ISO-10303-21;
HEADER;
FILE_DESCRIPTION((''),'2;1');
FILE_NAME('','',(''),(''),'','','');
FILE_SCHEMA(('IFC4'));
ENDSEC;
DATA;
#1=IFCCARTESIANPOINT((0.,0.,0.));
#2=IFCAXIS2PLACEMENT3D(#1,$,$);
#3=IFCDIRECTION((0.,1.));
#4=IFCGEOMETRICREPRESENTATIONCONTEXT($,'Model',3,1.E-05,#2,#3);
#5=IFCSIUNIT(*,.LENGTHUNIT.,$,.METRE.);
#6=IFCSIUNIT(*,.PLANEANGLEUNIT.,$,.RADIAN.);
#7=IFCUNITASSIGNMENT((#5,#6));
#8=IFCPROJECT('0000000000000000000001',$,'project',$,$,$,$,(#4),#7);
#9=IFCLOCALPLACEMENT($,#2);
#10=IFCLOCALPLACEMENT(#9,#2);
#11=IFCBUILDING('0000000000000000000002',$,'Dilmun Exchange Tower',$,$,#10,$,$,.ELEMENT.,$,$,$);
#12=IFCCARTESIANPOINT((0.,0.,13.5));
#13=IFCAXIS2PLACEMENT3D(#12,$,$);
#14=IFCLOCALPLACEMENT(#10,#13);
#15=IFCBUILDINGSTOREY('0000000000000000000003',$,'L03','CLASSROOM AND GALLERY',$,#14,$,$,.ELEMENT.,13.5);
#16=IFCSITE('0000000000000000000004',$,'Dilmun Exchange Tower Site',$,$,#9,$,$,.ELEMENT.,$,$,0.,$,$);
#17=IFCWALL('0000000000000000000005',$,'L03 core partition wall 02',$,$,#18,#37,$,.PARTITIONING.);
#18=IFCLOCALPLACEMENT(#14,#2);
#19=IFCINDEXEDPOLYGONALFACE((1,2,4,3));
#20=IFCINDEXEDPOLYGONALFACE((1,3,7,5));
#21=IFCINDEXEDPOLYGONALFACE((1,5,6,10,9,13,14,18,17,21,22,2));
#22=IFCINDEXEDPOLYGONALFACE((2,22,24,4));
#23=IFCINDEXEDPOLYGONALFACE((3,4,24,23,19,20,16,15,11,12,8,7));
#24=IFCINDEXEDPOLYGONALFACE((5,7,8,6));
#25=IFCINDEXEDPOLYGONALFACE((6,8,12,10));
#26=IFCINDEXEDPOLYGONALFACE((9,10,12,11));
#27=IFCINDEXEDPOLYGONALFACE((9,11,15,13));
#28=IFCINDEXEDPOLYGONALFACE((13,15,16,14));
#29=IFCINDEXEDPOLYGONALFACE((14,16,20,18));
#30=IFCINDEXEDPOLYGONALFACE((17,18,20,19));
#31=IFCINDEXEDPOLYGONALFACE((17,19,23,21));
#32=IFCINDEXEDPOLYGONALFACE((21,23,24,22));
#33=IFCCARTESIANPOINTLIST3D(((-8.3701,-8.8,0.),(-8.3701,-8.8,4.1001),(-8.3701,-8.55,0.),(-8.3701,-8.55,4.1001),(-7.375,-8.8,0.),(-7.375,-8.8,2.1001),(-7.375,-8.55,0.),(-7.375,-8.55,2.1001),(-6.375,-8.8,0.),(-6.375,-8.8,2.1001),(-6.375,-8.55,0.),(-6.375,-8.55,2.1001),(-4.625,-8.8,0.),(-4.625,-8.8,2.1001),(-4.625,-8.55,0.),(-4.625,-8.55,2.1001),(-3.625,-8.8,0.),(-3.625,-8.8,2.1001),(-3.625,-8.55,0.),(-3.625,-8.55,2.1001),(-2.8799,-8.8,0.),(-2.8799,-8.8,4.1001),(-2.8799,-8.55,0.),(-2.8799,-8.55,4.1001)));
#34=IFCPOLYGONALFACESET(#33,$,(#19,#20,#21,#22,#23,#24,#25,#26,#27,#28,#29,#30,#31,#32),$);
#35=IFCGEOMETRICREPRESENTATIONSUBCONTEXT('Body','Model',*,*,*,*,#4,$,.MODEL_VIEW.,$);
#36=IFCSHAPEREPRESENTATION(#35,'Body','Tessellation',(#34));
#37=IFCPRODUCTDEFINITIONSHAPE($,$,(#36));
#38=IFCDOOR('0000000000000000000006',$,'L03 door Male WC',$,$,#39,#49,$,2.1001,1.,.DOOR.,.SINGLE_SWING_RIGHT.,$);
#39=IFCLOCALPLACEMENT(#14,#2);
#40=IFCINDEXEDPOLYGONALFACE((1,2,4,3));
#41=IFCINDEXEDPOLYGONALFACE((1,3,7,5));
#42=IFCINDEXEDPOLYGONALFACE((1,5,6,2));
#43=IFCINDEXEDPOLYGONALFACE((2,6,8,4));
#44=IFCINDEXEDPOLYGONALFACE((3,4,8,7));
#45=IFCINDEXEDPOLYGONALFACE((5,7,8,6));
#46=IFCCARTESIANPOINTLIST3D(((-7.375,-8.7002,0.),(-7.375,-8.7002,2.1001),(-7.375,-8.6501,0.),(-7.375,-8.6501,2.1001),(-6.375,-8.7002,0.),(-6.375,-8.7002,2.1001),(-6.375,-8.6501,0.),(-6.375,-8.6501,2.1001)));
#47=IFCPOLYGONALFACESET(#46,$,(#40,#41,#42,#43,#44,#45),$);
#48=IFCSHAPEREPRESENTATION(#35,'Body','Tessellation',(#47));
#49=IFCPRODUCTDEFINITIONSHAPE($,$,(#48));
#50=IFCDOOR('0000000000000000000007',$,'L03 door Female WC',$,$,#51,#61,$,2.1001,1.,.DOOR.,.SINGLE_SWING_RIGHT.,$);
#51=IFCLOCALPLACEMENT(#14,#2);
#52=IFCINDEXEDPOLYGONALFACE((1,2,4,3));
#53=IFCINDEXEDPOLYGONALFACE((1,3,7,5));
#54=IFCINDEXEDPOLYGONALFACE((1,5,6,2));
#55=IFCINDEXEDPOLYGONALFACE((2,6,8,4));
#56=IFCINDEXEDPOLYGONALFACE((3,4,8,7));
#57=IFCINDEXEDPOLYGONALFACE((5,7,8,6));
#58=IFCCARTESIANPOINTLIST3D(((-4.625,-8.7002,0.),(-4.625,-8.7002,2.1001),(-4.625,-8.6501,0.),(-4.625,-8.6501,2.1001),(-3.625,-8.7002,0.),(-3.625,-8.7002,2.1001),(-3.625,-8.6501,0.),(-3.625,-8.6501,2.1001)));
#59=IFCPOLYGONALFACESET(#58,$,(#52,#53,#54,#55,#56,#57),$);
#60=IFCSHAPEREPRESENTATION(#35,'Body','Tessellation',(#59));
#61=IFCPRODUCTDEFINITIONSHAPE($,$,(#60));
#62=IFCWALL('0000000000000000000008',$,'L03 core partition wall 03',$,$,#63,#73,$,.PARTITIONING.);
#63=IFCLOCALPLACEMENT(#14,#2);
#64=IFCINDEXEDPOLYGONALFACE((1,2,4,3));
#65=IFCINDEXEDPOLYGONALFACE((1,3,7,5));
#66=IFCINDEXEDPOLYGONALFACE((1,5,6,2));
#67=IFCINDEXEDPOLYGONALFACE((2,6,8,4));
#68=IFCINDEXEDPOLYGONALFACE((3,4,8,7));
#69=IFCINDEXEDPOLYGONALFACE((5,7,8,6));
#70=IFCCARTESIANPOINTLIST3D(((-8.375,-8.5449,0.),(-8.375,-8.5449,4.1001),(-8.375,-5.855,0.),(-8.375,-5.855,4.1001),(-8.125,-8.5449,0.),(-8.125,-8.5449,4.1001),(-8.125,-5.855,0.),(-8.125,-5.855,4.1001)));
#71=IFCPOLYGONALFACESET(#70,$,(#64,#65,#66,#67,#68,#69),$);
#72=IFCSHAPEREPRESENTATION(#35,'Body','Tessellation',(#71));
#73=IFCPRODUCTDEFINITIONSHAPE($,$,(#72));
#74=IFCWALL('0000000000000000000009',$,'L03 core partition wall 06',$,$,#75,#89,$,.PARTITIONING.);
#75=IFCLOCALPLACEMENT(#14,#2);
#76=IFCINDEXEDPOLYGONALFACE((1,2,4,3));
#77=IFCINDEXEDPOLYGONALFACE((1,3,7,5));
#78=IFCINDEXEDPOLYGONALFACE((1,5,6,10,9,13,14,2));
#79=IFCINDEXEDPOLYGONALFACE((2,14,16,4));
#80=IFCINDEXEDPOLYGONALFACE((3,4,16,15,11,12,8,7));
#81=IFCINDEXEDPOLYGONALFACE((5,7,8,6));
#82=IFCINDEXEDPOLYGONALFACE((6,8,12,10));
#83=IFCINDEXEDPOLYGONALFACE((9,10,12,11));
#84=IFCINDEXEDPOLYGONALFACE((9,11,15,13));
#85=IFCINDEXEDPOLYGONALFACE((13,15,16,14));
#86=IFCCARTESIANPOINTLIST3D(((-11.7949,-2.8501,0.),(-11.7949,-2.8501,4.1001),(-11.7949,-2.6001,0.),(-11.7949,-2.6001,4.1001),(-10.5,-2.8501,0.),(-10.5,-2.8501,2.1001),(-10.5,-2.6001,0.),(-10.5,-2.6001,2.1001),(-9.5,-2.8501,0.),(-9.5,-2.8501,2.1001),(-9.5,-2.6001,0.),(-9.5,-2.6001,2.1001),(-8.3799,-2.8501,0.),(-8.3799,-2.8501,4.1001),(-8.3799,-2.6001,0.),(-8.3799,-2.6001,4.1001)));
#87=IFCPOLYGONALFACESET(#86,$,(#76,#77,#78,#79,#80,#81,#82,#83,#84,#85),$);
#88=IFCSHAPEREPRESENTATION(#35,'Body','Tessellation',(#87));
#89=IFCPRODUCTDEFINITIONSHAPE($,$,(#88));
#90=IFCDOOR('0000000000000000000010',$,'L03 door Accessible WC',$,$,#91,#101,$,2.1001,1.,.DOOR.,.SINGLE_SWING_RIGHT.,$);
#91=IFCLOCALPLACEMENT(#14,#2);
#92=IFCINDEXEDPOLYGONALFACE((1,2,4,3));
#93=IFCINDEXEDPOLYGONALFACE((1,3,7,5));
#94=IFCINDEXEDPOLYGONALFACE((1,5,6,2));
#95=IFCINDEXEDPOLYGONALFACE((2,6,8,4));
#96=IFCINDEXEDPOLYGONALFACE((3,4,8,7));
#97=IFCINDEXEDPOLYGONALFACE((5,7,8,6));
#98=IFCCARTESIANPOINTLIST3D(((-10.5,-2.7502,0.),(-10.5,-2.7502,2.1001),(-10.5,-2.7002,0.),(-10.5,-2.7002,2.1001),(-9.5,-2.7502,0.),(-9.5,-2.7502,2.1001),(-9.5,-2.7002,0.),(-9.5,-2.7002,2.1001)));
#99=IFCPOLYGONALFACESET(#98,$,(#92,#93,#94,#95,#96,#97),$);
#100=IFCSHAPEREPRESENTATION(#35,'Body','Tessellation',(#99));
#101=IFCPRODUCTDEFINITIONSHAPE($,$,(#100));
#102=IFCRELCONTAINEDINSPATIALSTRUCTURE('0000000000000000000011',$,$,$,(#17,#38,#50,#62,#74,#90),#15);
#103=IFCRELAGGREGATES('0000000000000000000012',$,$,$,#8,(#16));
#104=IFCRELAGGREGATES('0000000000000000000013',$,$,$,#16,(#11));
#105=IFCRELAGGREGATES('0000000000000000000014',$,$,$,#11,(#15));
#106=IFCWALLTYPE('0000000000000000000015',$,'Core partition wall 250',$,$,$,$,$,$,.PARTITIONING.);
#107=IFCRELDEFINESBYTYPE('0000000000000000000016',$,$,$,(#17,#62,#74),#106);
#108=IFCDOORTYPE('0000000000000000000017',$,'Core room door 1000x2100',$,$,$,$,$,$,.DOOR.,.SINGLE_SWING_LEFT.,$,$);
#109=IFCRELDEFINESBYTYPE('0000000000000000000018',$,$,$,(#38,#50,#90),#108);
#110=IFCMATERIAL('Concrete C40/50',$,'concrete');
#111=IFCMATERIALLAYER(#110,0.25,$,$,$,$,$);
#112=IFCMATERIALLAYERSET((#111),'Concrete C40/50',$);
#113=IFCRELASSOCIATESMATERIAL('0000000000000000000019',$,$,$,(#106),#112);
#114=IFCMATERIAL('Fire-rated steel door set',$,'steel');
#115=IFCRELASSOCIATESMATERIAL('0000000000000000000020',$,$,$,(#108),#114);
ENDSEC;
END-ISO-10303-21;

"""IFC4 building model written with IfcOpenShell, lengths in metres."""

from ifc_helpers import new_model, si_unit, direction, frame, frame_2d, origin, place, context, subcontext, project, spatial, rectangle, extrude, material, layer, layer_set, type_object, element, fill, save


model = new_model("IFC4")

# Units and contexts
model_context = context("Model", 3, precision=1e-05, world=origin(), true_north=direction((0.0, 1.0)))
body_context = subcontext(model_context, "Body", "Model", "MODEL_VIEW")
ifc_project = project(units=[si_unit("LENGTHUNIT", "METRE"), si_unit("PLANEANGLEUNIT", "RADIAN")], contexts=[model_context])

# Site, building, storey
site_placement = place(None, origin())
site = spatial("IfcSite", under=ifc_project, at=site_placement, Name="Dilmun Exchange Tower Site", CompositionType="ELEMENT", RefElevation=0.0)
building_placement = place(site_placement, origin())
building = spatial("IfcBuilding", under=site, at=building_placement, Name="Dilmun Exchange Tower", CompositionType="ELEMENT")
storey_placement = place(building_placement, frame((0.0, 0.0, 13.5)))
storey = spatial("IfcBuildingStorey", under=building, at=storey_placement, Name="L03", Description="CLASSROOM AND GALLERY", CompositionType="ELEMENT", Elevation=13.5)

# Wall, openings, doors
ifc_material_1 = material(Name="Concrete C40/50", Category="concrete")
ifc_layer_1 = layer(ifc_material_1, 0.25)
ifc_layer_set_1 = layer_set([ifc_layer_1], Name="Concrete C40/50")
wall_type_1 = type_object("IfcWallType", Name="Core partition wall 250", PredefinedType="PARTITIONING", material=ifc_layer_set_1)
wall_1_placement = place(storey_placement, frame((-8.3701, -8.675, 0.0), z_axis=(0.0, 0.0, 1.0), x_axis=(1.0, 0.0, 0.0)))
wall_1 = element("IfcWall", 1, at=wall_1_placement, inside=storey, type_object=wall_type_1, Name="L03 core partition wall 02", PredefinedType="PARTITIONING", context=body_context, shape_type="SweptSolid", body=[
    extrude(rectangle(XDim=5.4902, YDim=0.25, at=frame_2d((2.7451, 0.0))), origin(), (0.0, 0.0, 1.0), 4.1001),
])
opening_1_placement = place(wall_1_placement, frame((0.9951, 0.0, 0.0)))
opening_1 = element("IfcOpeningElement", 2, at=opening_1_placement, cuts=wall_1, PredefinedType="OPENING", context=body_context, shape_type="SweptSolid", body=[
    extrude(rectangle(XDim=1.0, YDim=2.1001, at=frame_2d((0.5, 1.05))), frame((0.0, 0.135, 0.0), z_axis=(0.0, -1.0, 0.0), x_axis=(1.0, 0.0, 0.0)), (0.0, 0.0, 1.0), 0.27),
])
opening_2_placement = place(wall_1_placement, frame((3.7451, 0.0, 0.0)))
opening_2 = element("IfcOpeningElement", 3, at=opening_2_placement, cuts=wall_1, PredefinedType="OPENING", context=body_context, shape_type="SweptSolid", body=[
    extrude(rectangle(XDim=1.0, YDim=2.1001, at=frame_2d((0.5, 1.05))), frame((0.0, 0.135, 0.0), z_axis=(0.0, -1.0, 0.0), x_axis=(1.0, 0.0, 0.0)), (0.0, 0.0, 1.0), 0.27),
])
ifc_material_2 = material(Name="Fire-rated steel door set", Category="steel")
door_type_1 = type_object("IfcDoorType", Name="Core room door 1000x2100", OperationType="SINGLE_SWING_LEFT", PredefinedType="DOOR", material=ifc_material_2)
door_1_placement = place(opening_1_placement, origin())
door_1 = element("IfcDoor", 4, at=door_1_placement, inside=storey, type_object=door_type_1, Name="L03 door Male WC", OperationType="SINGLE_SWING_RIGHT", OverallHeight=2.1001, OverallWidth=1.0, PredefinedType="DOOR", context=body_context, shape_type="SweptSolid", body=[
    extrude(rectangle(XDim=1.0, YDim=2.1001, at=frame_2d((0.5, 1.05))), frame((0.0, 0.0249, 0.0), z_axis=(0.0, -1.0, 0.0), x_axis=(1.0, 0.0, 0.0)), (0.0, 0.0, 1.0), 0.05),
])
fill(opening_1, door_1)
door_2_placement = place(opening_2_placement, origin())
door_2 = element("IfcDoor", 5, at=door_2_placement, inside=storey, type_object=door_type_1, Name="L03 door Female WC", OperationType="SINGLE_SWING_RIGHT", OverallHeight=2.1001, OverallWidth=1.0, PredefinedType="DOOR", context=body_context, shape_type="SweptSolid", body=[
    extrude(rectangle(XDim=1.0, YDim=2.1001, at=frame_2d((0.5, 1.05))), frame((0.0, 0.0249, 0.0), z_axis=(0.0, -1.0, 0.0), x_axis=(1.0, 0.0, 0.0)), (0.0, 0.0, 1.0), 0.05),
])
fill(opening_2, door_2)

# Wall
wall_2_placement = place(storey_placement, frame((-8.25, -8.5449, 0.0), z_axis=(0.0, 0.0, 1.0), x_axis=(0.0, 1.0, 0.0)))
element("IfcWall", 6, at=wall_2_placement, inside=storey, type_object=wall_type_1, Name="L03 core partition wall 03", PredefinedType="PARTITIONING", context=body_context, shape_type="SweptSolid", body=[
    extrude(rectangle(XDim=2.6899, YDim=0.25, at=frame_2d((1.345, 0.0))), origin(), (0.0, 0.0, 1.0), 4.1001),
])

# Wall, opening, door
wall_3_placement = place(storey_placement, frame((-11.7949, -2.7251, 0.0), z_axis=(0.0, 0.0, 1.0), x_axis=(1.0, 0.0, 0.0)))
wall_3 = element("IfcWall", 7, at=wall_3_placement, inside=storey, type_object=wall_type_1, Name="L03 core partition wall 06", PredefinedType="PARTITIONING", context=body_context, shape_type="SweptSolid", body=[
    extrude(rectangle(XDim=3.415, YDim=0.25, at=frame_2d((1.7075, 0.0))), origin(), (0.0, 0.0, 1.0), 4.1001),
])
opening_3_placement = place(wall_3_placement, frame((1.2949, 0.0, 0.0)))
opening_3 = element("IfcOpeningElement", 8, at=opening_3_placement, cuts=wall_3, PredefinedType="OPENING", context=body_context, shape_type="SweptSolid", body=[
    extrude(rectangle(XDim=1.0, YDim=2.1001, at=frame_2d((0.5, 1.05))), frame((0.0, 0.135, 0.0), z_axis=(0.0, -1.0, 0.0), x_axis=(1.0, 0.0, 0.0)), (0.0, 0.0, 1.0), 0.27),
])
door_3_placement = place(opening_3_placement, origin())
door_3 = element("IfcDoor", 9, at=door_3_placement, inside=storey, type_object=door_type_1, Name="L03 door Accessible WC", OperationType="SINGLE_SWING_RIGHT", OverallHeight=2.1001, OverallWidth=1.0, PredefinedType="DOOR", context=body_context, shape_type="SweptSolid", body=[
    extrude(rectangle(XDim=1.0, YDim=2.1001, at=frame_2d((0.5, 1.05))), frame((0.0, 0.0249, 0.0), z_axis=(0.0, -1.0, 0.0), x_axis=(1.0, 0.0, 0.0)), (0.0, 0.0, 1.0), 0.05),
])
fill(opening_3, door_3)

save(model, "model.ifc")
